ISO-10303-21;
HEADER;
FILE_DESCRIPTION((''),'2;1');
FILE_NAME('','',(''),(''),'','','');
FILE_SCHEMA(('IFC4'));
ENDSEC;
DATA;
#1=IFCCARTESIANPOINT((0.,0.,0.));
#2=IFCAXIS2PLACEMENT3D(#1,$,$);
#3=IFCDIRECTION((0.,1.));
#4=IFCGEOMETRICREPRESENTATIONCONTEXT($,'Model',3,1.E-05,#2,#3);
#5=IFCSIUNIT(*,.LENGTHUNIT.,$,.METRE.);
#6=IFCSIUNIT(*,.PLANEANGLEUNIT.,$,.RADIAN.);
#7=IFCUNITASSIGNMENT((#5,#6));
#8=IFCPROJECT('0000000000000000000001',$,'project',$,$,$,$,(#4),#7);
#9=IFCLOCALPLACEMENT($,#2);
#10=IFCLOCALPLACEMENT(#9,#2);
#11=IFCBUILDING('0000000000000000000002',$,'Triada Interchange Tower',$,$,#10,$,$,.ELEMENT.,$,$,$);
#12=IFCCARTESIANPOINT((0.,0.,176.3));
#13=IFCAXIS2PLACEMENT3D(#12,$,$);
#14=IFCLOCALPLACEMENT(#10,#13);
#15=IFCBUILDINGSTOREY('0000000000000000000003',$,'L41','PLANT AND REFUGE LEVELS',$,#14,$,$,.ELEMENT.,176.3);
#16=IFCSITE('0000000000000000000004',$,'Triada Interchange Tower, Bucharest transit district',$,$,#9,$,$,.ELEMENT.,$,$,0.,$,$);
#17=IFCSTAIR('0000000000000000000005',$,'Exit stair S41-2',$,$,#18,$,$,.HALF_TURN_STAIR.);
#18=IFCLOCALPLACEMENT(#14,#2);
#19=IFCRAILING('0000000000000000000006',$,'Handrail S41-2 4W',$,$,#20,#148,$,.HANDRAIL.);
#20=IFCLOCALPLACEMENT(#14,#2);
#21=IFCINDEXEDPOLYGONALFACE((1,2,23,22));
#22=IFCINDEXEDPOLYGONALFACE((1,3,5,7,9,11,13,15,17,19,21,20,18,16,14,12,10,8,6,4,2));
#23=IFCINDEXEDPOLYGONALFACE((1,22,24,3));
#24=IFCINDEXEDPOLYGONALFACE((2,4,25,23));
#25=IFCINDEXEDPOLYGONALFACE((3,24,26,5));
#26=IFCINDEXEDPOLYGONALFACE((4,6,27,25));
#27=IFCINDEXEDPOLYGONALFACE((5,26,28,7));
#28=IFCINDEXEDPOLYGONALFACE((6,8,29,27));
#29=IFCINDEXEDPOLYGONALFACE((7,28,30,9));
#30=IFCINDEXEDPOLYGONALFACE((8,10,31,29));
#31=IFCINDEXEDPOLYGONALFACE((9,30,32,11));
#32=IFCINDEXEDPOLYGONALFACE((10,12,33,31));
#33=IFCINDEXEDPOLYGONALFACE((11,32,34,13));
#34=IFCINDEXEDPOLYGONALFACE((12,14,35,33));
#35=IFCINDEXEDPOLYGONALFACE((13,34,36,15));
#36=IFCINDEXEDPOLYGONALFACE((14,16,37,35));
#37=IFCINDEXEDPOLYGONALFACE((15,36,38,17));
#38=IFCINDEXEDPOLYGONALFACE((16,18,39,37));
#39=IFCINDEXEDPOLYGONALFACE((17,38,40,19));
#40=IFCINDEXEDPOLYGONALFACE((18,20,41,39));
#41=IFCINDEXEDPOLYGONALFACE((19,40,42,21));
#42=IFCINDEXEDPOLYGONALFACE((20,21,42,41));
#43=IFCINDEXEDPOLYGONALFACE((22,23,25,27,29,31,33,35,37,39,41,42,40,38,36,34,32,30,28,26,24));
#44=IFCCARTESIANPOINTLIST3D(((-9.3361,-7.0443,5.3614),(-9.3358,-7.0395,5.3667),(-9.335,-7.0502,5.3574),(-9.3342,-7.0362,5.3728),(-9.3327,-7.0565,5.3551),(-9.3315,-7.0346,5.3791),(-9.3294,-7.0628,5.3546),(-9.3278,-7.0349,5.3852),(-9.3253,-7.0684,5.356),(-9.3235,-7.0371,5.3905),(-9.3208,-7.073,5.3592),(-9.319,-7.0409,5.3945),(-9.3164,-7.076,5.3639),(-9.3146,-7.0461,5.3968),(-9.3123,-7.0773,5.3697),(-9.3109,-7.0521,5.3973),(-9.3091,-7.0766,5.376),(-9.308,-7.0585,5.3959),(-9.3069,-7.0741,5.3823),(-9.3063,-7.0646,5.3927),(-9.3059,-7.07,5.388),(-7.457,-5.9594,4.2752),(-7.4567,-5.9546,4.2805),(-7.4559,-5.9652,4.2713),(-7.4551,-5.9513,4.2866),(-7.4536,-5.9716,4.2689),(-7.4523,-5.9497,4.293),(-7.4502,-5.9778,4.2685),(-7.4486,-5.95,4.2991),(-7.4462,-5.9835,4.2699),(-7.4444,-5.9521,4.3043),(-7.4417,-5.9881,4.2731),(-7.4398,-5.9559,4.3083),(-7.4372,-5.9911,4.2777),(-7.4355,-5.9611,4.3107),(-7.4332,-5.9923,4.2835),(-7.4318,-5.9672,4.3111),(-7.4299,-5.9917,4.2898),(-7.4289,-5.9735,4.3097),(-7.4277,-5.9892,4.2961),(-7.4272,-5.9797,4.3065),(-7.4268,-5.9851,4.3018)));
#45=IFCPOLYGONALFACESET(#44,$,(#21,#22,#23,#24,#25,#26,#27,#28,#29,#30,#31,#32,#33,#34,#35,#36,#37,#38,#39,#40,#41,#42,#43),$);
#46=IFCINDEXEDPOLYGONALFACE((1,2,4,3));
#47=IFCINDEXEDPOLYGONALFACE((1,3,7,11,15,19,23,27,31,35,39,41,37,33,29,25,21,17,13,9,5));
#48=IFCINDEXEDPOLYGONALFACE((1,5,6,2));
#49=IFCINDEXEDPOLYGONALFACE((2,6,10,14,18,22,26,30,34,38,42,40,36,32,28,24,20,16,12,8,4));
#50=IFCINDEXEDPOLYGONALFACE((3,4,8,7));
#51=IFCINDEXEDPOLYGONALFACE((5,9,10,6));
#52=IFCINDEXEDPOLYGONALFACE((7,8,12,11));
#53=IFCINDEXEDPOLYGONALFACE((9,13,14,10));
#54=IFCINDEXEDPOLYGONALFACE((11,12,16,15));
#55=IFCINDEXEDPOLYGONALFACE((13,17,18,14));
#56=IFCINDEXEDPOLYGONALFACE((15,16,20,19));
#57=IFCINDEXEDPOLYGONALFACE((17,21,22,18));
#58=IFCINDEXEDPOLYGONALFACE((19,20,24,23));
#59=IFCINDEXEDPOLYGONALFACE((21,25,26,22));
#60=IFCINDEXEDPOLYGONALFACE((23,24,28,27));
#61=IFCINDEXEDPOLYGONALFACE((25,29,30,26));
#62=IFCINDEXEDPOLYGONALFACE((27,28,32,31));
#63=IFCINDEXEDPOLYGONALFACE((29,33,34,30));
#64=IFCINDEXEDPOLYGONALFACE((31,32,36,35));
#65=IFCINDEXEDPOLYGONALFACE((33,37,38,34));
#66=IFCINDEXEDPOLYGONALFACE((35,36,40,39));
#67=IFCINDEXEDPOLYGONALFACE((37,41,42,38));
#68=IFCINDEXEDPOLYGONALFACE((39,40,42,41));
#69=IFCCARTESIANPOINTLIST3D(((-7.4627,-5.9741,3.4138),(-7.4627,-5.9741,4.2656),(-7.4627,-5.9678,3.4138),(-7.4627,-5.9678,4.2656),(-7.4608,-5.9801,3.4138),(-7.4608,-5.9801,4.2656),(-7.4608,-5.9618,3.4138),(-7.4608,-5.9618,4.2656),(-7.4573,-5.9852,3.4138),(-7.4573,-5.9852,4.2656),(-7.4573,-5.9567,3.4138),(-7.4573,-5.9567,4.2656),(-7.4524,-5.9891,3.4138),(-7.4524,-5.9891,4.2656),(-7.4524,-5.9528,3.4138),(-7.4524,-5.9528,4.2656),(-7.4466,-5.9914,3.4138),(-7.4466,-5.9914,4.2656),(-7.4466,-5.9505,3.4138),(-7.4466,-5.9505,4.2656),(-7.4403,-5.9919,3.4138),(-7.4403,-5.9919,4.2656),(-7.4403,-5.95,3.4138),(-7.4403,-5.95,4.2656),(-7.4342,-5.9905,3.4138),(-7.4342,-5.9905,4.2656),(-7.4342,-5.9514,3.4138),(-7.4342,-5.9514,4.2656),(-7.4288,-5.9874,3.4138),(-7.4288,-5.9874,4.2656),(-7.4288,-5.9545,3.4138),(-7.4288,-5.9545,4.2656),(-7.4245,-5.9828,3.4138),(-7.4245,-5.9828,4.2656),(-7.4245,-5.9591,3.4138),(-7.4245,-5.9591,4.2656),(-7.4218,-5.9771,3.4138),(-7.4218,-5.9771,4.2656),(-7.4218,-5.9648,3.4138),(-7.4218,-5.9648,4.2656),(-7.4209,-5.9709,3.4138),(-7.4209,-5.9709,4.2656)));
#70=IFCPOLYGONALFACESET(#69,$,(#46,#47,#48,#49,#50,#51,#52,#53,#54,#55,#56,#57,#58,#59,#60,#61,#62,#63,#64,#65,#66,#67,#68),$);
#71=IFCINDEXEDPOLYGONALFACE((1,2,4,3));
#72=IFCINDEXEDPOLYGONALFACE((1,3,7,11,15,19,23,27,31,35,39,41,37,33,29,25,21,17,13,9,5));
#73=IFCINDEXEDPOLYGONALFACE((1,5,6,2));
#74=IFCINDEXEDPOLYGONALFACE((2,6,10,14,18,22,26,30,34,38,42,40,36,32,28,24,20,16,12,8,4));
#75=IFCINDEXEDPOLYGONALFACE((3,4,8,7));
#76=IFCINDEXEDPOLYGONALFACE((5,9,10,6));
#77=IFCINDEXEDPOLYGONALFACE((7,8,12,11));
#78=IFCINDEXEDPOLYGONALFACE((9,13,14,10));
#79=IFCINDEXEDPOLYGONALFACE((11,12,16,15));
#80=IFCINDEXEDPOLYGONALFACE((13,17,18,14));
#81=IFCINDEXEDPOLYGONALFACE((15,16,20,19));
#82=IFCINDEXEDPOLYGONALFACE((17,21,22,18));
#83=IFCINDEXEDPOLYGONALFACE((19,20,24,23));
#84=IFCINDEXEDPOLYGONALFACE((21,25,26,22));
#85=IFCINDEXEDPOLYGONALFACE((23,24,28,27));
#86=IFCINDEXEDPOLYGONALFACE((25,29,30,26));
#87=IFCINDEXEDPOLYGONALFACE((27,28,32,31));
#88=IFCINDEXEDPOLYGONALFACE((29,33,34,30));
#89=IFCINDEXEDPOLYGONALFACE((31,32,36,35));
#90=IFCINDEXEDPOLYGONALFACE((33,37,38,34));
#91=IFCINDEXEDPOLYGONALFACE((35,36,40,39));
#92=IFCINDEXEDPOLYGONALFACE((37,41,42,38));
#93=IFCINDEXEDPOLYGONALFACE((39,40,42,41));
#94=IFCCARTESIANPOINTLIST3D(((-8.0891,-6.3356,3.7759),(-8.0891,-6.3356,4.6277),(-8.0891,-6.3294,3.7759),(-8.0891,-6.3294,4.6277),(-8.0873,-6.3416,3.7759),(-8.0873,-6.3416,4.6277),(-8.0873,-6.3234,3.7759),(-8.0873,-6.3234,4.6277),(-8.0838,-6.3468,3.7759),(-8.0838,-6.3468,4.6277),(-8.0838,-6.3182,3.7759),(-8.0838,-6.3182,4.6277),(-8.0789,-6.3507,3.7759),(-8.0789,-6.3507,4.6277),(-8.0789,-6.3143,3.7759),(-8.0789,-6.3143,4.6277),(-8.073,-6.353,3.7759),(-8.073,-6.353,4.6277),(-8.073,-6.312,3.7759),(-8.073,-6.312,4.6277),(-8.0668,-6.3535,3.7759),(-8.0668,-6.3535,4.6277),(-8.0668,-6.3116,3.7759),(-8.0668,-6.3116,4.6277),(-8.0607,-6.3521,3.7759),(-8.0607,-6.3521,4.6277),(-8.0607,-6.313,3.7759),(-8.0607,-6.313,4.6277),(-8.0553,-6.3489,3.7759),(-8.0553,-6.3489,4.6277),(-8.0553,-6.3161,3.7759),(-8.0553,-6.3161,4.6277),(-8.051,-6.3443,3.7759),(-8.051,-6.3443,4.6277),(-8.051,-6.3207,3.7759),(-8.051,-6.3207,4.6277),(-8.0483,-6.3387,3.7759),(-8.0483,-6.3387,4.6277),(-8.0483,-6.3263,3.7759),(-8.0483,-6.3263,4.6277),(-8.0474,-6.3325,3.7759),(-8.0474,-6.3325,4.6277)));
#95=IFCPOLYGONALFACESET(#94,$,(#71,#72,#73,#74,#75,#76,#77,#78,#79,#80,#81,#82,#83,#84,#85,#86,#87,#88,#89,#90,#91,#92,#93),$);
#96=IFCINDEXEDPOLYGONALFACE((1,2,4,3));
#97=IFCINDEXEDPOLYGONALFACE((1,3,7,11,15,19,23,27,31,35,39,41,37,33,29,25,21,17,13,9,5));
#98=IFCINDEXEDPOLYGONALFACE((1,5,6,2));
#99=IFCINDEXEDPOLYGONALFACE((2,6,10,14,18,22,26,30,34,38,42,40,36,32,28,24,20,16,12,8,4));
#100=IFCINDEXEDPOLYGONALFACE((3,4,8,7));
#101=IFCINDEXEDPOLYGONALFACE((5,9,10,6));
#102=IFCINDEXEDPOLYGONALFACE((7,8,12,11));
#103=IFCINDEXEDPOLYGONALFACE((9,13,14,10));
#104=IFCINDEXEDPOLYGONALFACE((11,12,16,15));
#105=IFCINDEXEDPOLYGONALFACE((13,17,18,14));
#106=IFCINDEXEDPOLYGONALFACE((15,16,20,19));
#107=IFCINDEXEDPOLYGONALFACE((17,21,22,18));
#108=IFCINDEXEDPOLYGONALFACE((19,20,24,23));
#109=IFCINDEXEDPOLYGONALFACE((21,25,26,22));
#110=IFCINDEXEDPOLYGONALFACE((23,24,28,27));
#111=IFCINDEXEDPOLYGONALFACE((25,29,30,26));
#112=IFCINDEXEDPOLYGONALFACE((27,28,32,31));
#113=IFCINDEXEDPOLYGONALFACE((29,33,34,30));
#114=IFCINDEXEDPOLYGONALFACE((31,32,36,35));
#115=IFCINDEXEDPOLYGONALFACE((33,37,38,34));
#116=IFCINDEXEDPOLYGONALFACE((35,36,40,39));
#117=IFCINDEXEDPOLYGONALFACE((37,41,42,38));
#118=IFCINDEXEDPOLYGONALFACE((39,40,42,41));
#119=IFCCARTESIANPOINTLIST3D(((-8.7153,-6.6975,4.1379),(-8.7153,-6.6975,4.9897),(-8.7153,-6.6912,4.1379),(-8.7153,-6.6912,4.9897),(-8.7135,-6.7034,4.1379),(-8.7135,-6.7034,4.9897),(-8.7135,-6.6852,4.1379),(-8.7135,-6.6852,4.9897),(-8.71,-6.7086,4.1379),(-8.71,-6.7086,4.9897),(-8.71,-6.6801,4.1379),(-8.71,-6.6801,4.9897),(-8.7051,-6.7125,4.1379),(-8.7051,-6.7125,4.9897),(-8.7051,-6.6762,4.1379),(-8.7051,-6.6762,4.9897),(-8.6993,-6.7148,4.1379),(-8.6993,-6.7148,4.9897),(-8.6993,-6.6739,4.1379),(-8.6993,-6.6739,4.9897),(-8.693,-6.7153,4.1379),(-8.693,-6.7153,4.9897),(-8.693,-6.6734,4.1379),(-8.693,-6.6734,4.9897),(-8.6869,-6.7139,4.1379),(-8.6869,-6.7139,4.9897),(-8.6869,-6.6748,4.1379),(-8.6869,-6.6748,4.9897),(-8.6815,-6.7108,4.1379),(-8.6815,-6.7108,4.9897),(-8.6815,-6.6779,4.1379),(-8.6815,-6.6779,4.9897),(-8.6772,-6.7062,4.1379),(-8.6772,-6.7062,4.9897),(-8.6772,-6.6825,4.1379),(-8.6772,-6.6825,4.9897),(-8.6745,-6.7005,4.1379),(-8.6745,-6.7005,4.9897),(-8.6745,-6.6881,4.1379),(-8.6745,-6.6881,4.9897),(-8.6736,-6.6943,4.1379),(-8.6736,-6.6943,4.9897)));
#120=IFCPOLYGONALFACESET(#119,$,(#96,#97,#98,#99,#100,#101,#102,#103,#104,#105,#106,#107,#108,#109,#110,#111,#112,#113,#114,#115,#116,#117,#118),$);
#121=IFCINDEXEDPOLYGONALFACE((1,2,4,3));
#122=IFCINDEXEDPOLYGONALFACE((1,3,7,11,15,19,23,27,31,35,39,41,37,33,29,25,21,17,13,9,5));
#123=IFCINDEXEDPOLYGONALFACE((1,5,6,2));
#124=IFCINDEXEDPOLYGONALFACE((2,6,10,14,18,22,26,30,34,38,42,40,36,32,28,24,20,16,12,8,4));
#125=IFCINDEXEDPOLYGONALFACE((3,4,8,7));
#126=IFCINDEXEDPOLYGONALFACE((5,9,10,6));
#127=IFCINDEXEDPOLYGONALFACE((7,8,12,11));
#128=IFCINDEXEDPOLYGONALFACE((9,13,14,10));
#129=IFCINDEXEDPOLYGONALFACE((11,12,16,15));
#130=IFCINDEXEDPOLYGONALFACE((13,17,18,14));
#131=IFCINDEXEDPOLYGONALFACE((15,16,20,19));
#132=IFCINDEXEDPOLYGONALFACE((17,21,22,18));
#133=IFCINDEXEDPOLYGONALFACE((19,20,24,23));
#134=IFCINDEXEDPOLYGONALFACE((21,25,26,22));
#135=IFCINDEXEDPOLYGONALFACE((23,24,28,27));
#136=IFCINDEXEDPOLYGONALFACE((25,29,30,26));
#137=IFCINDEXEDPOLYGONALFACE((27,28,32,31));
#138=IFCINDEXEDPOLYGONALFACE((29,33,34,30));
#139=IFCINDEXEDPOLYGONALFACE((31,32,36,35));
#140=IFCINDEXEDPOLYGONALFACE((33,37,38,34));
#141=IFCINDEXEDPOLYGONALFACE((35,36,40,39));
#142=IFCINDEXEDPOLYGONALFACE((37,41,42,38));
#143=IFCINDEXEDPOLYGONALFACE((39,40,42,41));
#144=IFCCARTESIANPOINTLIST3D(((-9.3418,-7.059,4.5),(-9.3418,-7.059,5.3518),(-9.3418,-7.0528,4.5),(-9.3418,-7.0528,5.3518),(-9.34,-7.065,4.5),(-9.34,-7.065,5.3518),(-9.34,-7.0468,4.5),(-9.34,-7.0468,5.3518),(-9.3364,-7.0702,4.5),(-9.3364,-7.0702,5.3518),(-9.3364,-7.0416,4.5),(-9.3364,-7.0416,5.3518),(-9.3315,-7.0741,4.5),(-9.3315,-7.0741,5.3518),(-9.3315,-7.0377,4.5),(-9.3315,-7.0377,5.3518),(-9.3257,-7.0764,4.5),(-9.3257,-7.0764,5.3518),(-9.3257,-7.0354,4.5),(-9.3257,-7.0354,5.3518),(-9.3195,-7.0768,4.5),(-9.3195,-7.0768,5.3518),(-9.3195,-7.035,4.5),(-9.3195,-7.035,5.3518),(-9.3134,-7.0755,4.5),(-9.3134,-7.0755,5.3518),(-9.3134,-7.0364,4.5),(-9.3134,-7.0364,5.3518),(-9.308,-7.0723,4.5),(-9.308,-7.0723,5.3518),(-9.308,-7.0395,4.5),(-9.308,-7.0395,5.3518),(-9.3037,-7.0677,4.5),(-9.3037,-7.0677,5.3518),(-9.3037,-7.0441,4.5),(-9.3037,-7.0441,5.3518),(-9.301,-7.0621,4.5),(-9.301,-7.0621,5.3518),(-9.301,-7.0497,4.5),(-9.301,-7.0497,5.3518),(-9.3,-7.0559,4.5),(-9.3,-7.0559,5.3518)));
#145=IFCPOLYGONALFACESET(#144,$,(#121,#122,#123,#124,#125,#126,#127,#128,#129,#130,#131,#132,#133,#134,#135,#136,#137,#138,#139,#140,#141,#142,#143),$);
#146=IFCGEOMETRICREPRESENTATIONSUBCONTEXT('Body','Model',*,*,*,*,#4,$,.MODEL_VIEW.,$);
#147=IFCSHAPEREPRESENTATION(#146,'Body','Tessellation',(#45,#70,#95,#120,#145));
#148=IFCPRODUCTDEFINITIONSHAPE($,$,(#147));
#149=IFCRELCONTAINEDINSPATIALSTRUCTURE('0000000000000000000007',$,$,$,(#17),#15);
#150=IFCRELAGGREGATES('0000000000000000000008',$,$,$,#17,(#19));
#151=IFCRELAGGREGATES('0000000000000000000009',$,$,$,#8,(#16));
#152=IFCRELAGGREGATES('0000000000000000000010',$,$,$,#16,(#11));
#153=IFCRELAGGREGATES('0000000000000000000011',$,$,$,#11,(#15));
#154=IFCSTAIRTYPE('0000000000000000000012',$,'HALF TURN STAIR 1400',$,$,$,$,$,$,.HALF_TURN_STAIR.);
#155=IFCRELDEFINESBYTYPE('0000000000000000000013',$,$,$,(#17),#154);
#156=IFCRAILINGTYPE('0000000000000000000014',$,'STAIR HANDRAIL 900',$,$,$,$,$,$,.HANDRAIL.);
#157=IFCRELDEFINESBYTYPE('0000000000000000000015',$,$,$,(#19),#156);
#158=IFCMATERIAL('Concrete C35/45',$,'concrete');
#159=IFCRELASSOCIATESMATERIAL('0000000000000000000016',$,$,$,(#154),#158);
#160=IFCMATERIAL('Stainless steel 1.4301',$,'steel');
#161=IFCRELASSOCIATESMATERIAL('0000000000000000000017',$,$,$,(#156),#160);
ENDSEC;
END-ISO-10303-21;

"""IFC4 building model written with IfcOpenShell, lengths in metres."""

from ifc_helpers import new_model, si_unit, direction, frame, origin, origin_2d, place, context, subcontext, project, spatial, circle, extrude, material, type_object, element, aggregate, save


model = new_model("IFC4")

# Units and contexts
model_context = context("Model", 3, precision=1e-05, world=origin(), true_north=direction((0.0, 1.0)))
body_context = subcontext(model_context, "Body", "Model", "MODEL_VIEW")
ifc_project = project(units=[si_unit("LENGTHUNIT", "METRE"), si_unit("PLANEANGLEUNIT", "RADIAN")], contexts=[model_context])

# Site, building, storey
site_placement = place(None, origin())
site = spatial("IfcSite", under=ifc_project, at=site_placement, Name="Triada Interchange Tower, Bucharest transit district", CompositionType="ELEMENT", RefElevation=0.0)
building_placement = place(site_placement, origin())
building = spatial("IfcBuilding", under=site, at=building_placement, Name="Triada Interchange Tower", CompositionType="ELEMENT")
storey_placement = place(building_placement, frame((0.0, 0.0, 176.3)))
storey = spatial("IfcBuildingStorey", under=building, at=storey_placement, Name="L41", Description="PLANT AND REFUGE LEVELS", CompositionType="ELEMENT", Elevation=176.3)

# Shared definitions
ifc_material_1 = material(Name="Concrete C35/45", Category="concrete")

# Stair, railing
stair_type = type_object("IfcStairType", Name="HALF TURN STAIR 1400", PredefinedType="HALF_TURN_STAIR", material=ifc_material_1)
stair_placement = place(storey_placement, origin())
stair = element("IfcStair", 1, at=stair_placement, inside=storey, type_object=stair_type, Name="Exit stair S41-2", PredefinedType="HALF_TURN_STAIR")
ifc_material_2 = material(Name="Stainless steel 1.4301", Category="steel")
railing_type_1 = type_object("IfcRailingType", Name="STAIR HANDRAIL 900", PredefinedType="HANDRAIL", material=ifc_material_2)
railing_1_placement = place(storey_placement, frame((-7.4419, -5.9709, 3.4138)))
railing_1 = element("IfcRailing", 2, at=railing_1_placement, type_object=railing_type_1, Name="Handrail S41-2 4W", PredefinedType="HANDRAIL", context=body_context, shape_type="SweptSolid", body=[
    extrude(circle(Radius=0.0239, at=origin_2d()), frame((0.0, 0.0, 0.876), z_axis=(-0.774413, -0.447121, 0.447624), x_axis=(0.500011, -0.866019, 0.0)), (0.0, 0.0, 1.0), 2.4265),
    extrude(circle(Radius=0.021, at=origin_2d()), origin(), (0.0, 0.0, 1.0), 0.8518),
    extrude(circle(Radius=0.021, at=origin_2d()), frame((-0.6265, -0.3616, 0.3621)), (0.0, 0.0, 1.0), 0.8518),
    extrude(circle(Radius=0.021, at=origin_2d()), frame((-1.2527, -0.7234, 0.7241)), (0.0, 0.0, 1.0), 0.8518),
    extrude(circle(Radius=0.021, at=origin_2d()), frame((-1.8792, -1.085, 1.0862)), (0.0, 0.0, 1.0), 0.8518),
])
aggregate(stair, [railing_1])

save(model, "model.ifc")
